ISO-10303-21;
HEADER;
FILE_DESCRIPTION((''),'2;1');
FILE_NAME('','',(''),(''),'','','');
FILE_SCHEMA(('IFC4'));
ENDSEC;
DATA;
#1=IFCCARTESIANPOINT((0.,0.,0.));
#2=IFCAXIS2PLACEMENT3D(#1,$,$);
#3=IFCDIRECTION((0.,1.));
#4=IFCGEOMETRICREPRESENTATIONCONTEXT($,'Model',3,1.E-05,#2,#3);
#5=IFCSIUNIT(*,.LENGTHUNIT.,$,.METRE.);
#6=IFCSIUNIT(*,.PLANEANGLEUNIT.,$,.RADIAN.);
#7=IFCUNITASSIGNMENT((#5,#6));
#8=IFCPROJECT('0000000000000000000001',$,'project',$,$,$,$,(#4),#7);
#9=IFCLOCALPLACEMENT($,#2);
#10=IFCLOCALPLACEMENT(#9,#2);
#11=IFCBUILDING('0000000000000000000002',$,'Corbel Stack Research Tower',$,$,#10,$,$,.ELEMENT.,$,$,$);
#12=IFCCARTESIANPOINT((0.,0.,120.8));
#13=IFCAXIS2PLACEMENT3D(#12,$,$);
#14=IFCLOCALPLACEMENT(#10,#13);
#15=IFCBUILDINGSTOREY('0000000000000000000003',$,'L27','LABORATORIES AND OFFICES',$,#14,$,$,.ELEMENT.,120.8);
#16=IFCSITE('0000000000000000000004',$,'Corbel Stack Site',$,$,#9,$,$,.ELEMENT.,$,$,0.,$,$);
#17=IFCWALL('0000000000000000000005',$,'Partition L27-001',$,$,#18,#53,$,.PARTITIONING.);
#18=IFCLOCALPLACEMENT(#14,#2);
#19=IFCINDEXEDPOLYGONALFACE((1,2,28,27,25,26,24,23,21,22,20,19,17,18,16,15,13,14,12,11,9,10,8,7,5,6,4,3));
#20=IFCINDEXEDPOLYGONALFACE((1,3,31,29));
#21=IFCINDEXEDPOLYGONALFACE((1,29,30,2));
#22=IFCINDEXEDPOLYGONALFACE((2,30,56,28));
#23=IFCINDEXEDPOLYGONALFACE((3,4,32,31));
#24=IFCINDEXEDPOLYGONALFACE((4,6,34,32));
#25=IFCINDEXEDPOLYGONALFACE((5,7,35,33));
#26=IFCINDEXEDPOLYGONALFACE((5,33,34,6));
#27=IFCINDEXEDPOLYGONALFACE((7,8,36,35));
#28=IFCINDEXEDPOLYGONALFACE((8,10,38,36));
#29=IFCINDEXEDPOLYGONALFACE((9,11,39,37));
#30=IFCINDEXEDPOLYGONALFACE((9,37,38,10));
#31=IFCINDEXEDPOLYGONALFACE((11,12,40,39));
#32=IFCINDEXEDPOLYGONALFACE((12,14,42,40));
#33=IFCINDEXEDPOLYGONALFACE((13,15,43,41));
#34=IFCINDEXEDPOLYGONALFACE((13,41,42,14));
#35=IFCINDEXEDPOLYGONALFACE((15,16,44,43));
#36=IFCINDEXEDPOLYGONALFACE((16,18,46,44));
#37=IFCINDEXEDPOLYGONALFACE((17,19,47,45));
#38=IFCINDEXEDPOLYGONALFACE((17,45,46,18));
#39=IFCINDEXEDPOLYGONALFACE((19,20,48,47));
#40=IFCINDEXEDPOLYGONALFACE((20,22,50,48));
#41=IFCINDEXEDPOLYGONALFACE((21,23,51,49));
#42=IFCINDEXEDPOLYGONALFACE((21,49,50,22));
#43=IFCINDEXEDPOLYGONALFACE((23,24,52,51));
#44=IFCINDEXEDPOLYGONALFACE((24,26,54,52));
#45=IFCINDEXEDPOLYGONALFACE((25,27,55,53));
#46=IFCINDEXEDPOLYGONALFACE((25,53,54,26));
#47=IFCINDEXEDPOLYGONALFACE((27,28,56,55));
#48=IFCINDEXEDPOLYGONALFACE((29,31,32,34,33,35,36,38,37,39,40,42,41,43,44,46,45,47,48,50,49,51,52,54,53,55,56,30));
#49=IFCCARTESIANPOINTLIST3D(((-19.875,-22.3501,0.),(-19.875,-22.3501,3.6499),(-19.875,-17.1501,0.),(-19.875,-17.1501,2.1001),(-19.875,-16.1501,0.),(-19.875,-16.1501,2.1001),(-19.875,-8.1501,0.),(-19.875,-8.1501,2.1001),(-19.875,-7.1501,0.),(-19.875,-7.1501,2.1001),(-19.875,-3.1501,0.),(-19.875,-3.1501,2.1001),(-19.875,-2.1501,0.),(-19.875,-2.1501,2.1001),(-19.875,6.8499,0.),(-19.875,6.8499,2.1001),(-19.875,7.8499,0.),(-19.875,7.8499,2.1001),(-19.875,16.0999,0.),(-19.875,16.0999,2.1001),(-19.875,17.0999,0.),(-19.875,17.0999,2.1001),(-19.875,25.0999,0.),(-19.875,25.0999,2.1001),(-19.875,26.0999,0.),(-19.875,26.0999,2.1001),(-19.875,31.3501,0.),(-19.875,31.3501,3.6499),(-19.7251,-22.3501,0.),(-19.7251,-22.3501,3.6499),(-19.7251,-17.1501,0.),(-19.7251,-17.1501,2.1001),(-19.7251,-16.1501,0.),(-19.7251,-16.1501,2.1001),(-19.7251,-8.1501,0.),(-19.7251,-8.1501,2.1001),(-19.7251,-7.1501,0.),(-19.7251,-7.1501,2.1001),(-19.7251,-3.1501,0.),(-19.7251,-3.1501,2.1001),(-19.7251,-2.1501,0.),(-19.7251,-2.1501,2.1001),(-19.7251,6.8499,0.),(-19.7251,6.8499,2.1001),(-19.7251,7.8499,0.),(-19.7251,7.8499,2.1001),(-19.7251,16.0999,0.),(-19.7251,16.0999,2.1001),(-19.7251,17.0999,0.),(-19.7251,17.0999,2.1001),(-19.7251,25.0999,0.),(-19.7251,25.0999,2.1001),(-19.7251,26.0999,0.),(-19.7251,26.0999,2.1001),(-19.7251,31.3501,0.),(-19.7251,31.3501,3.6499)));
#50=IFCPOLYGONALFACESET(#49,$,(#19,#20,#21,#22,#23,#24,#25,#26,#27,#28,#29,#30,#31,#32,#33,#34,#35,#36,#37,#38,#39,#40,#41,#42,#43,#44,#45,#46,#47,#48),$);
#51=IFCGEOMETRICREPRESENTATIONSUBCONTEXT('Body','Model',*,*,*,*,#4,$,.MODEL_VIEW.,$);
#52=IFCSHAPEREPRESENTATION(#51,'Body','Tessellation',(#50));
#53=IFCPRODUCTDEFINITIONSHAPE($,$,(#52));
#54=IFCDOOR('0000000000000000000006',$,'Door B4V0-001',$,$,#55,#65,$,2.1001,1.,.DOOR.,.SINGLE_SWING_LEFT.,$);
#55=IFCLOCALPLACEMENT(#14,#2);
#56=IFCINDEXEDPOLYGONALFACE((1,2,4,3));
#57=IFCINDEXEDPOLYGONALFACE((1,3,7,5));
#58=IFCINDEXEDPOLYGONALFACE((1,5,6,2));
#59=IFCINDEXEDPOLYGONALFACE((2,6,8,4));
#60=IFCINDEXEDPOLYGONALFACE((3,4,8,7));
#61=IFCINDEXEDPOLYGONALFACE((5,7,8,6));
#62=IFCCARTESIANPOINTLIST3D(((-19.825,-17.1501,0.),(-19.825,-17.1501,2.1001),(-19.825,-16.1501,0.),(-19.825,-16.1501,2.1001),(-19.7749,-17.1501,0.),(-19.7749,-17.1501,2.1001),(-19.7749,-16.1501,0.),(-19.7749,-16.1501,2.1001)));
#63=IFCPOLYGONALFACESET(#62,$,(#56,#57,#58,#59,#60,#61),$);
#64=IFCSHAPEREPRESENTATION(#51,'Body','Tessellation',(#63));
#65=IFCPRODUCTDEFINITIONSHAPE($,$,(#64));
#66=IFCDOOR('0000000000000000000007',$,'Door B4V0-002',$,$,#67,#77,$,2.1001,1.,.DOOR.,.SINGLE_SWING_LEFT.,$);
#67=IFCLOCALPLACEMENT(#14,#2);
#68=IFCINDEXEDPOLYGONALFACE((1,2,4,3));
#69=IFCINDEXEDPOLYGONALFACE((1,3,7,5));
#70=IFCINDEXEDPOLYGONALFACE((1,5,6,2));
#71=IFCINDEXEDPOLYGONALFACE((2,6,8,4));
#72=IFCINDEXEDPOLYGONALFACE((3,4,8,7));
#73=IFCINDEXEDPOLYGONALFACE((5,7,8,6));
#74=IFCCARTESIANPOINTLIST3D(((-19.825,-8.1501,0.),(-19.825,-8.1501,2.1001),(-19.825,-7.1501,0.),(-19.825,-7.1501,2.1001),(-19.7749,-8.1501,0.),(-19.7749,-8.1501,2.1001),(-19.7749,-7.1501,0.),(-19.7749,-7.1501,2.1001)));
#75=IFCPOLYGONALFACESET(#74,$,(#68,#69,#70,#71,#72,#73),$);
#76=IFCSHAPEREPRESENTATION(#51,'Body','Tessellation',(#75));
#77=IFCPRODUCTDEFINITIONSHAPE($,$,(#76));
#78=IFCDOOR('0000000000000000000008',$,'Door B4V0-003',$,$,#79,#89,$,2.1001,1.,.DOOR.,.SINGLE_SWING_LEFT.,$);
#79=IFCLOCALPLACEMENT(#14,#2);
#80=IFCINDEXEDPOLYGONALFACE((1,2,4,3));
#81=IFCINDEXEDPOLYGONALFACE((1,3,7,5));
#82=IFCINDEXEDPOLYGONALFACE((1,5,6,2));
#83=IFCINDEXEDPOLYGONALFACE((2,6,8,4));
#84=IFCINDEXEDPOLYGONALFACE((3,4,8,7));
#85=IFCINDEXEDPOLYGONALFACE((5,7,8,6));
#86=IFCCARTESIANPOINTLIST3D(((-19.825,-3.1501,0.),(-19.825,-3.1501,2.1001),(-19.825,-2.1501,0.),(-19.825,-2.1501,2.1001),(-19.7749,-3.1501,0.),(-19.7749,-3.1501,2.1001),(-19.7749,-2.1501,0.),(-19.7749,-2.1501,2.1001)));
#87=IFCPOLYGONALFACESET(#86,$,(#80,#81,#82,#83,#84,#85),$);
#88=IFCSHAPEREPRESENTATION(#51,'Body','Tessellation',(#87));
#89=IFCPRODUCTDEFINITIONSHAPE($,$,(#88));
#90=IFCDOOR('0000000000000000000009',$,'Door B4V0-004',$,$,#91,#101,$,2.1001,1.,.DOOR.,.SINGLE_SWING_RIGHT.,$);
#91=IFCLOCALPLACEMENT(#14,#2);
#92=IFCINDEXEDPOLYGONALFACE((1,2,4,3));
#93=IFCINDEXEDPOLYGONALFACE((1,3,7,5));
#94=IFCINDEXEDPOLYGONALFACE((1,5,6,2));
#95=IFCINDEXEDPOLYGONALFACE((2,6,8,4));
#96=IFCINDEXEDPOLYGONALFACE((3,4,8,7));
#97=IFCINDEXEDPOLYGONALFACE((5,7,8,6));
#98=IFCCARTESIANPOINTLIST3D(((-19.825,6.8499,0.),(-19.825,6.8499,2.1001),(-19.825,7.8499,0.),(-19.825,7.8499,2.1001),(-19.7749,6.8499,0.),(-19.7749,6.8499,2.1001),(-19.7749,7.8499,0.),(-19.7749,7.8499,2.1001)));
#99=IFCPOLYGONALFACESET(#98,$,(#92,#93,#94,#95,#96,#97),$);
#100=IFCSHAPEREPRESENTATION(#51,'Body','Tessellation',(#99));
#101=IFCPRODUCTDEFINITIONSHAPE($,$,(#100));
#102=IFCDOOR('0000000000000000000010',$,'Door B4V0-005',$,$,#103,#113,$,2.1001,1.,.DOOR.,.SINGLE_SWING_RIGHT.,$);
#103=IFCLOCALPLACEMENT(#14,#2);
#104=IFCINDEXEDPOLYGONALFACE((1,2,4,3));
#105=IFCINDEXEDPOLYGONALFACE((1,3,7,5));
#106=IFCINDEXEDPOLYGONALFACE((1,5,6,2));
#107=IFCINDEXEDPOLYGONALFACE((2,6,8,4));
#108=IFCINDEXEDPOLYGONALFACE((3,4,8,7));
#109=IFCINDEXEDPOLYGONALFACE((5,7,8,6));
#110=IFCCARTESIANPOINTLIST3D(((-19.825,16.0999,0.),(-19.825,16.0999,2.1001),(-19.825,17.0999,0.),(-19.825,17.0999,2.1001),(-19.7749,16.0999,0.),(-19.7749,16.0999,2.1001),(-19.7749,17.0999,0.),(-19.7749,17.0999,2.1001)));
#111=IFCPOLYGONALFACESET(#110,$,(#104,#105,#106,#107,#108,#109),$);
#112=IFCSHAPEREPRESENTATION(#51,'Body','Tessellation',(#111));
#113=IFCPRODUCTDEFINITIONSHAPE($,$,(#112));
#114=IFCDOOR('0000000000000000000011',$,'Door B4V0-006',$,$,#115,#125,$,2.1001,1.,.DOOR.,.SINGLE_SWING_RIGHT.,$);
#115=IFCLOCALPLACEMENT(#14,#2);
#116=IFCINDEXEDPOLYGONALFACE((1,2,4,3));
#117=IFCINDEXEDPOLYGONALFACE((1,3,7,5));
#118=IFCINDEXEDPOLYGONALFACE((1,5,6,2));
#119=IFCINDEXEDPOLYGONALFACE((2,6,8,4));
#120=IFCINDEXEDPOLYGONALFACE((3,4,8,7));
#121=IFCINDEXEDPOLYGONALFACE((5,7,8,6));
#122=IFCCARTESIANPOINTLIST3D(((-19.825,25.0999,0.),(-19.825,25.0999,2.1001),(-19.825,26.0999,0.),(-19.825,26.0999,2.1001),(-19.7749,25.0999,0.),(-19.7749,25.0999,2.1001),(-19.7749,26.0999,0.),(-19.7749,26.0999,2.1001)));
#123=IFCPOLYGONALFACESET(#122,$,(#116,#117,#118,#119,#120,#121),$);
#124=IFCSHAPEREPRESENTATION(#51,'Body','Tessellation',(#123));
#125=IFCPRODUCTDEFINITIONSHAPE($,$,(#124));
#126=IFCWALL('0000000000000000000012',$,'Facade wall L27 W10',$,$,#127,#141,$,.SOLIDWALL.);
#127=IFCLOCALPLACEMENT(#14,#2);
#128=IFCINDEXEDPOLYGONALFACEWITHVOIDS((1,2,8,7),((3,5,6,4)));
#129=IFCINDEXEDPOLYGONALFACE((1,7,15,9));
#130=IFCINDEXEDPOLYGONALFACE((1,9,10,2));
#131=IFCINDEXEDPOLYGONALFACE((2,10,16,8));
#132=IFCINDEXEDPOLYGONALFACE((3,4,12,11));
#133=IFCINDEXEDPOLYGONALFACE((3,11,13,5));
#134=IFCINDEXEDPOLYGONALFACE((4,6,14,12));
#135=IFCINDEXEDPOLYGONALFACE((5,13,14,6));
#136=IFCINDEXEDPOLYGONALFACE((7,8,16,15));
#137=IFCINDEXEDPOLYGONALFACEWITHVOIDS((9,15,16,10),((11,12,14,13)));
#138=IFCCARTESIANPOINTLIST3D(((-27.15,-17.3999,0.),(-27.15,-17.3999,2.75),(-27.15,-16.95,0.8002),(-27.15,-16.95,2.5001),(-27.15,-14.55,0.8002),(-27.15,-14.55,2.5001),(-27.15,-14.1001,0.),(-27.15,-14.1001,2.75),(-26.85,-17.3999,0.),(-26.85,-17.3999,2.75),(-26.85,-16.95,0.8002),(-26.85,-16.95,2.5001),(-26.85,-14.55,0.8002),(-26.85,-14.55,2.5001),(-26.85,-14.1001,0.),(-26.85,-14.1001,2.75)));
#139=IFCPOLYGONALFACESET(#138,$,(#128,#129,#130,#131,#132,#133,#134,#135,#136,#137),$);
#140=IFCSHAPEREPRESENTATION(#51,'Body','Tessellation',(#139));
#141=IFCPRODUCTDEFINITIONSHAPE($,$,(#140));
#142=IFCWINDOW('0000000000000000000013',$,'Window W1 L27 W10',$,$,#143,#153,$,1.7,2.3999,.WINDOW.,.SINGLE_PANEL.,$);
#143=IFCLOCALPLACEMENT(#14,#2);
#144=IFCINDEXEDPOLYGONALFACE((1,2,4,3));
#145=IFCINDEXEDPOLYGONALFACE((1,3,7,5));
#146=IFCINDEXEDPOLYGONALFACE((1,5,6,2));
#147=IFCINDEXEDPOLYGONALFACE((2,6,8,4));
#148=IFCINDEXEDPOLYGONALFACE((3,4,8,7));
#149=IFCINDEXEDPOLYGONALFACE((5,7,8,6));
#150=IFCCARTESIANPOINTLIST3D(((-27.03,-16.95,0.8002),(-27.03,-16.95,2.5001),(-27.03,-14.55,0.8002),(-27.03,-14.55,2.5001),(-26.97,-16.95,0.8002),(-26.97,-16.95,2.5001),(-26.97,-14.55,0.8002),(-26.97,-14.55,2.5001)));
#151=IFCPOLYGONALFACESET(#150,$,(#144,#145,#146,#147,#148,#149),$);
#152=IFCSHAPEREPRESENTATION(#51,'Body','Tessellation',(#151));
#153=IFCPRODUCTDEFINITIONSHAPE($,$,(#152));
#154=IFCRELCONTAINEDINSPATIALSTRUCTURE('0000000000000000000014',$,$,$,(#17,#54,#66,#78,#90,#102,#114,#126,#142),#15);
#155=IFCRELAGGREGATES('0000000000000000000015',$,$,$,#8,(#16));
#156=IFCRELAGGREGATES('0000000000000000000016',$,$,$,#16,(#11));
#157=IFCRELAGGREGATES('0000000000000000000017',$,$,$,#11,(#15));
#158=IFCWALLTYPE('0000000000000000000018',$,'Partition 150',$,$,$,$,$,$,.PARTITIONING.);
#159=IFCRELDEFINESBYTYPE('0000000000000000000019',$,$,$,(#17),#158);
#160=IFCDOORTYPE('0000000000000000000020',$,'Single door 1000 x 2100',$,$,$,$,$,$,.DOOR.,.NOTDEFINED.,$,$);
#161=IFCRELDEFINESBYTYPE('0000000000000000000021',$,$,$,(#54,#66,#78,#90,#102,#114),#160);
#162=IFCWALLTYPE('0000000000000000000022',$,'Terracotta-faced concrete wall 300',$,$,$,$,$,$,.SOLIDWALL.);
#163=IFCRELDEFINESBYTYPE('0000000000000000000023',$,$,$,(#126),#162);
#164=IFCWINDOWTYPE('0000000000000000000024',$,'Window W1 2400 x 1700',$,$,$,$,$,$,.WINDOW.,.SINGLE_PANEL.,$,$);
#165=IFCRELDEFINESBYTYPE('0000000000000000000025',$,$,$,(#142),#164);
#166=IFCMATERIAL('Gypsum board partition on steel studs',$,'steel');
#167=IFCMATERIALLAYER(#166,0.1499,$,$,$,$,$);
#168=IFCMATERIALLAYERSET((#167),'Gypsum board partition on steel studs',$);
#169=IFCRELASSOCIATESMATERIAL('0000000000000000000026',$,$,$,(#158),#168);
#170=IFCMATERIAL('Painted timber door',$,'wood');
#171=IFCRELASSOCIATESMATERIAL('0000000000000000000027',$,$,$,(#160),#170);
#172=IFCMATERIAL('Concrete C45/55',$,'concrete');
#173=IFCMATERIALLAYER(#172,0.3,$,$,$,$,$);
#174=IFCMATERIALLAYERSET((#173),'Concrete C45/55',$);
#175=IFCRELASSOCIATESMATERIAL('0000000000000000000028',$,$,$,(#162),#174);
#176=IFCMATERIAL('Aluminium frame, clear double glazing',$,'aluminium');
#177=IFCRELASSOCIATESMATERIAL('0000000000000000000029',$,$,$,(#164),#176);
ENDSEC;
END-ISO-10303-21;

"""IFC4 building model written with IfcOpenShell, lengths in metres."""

from ifc_helpers import new_model, si_unit, direction, frame, frame_2d, origin, place, context, subcontext, project, spatial, rectangle, extrude, material, layer, layer_set, type_object, element, fill, save


model = new_model("IFC4")

# Units and contexts
model_context = context("Model", 3, precision=1e-05, world=origin(), true_north=direction((0.0, 1.0)))
body_context = subcontext(model_context, "Body", "Model", "MODEL_VIEW")
ifc_project = project(units=[si_unit("LENGTHUNIT", "METRE"), si_unit("PLANEANGLEUNIT", "RADIAN")], contexts=[model_context])

# Site, building, storey
site_placement = place(None, origin())
site = spatial("IfcSite", under=ifc_project, at=site_placement, Name="Corbel Stack Site", CompositionType="ELEMENT", RefElevation=0.0)
building_placement = place(site_placement, origin())
building = spatial("IfcBuilding", under=site, at=building_placement, Name="Corbel Stack Research Tower", CompositionType="ELEMENT")
storey_placement = place(building_placement, frame((0.0, 0.0, 120.8)))
storey = spatial("IfcBuildingStorey", under=building, at=storey_placement, Name="L27", Description="LABORATORIES AND OFFICES", CompositionType="ELEMENT", Elevation=120.8)

# Wall, openings, doors
ifc_material_1 = material(Name="Gypsum board partition on steel studs", Category="steel")
ifc_layer_1 = layer(ifc_material_1, 0.1499)
ifc_layer_set_1 = layer_set([ifc_layer_1], Name="Gypsum board partition on steel studs")
wall_type_1 = type_object("IfcWallType", Name="Partition 150", PredefinedType="PARTITIONING", material=ifc_layer_set_1)
wall_1_placement = place(storey_placement, frame((-19.8, -22.3501, 0.0), z_axis=(0.0, 0.0, 1.0), x_axis=(0.0, 1.0, 0.0)))
wall_1 = element("IfcWall", 1, at=wall_1_placement, inside=storey, type_object=wall_type_1, Name="Partition L27-001", PredefinedType="PARTITIONING", context=body_context, shape_type="SweptSolid", body=[
    extrude(rectangle(XDim=53.7002, YDim=0.1499, at=frame_2d((26.8501, 0.0))), origin(), (0.0, 0.0, 1.0), 3.6499),
])
opening_1_placement = place(wall_1_placement, frame((5.2, 0.0, 0.0)))
opening_1 = element("IfcOpeningElement", 2, at=opening_1_placement, cuts=wall_1, PredefinedType="OPENING", context=body_context, shape_type="SweptSolid", body=[
    extrude(rectangle(XDim=1.0, YDim=2.1001, at=frame_2d((0.5, 1.05))), frame((0.0, 0.085, 0.0), z_axis=(0.0, -1.0, 0.0), x_axis=(1.0, 0.0, 0.0)), (0.0, 0.0, 1.0), 0.1699),
])
opening_2_placement = place(wall_1_placement, frame((14.2, 0.0, 0.0)))
opening_2 = element("IfcOpeningElement", 3, at=opening_2_placement, cuts=wall_1, PredefinedType="OPENING", context=body_context, shape_type="SweptSolid", body=[
    extrude(rectangle(XDim=1.0, YDim=2.1001, at=frame_2d((0.5, 1.05))), frame((0.0, 0.085, 0.0), z_axis=(0.0, -1.0, 0.0), x_axis=(1.0, 0.0, 0.0)), (0.0, 0.0, 1.0), 0.1699),
])
opening_3_placement = place(wall_1_placement, frame((19.2, 0.0, 0.0)))
opening_3 = element("IfcOpeningElement", 4, at=opening_3_placement, cuts=wall_1, PredefinedType="OPENING", context=body_context, shape_type="SweptSolid", body=[
    extrude(rectangle(XDim=1.0, YDim=2.1001, at=frame_2d((0.5, 1.05))), frame((0.0, 0.085, 0.0), z_axis=(0.0, -1.0, 0.0), x_axis=(1.0, 0.0, 0.0)), (0.0, 0.0, 1.0), 0.1699),
])
opening_4_placement = place(wall_1_placement, frame((29.2, 0.0, 0.0)))
opening_4 = element("IfcOpeningElement", 5, at=opening_4_placement, cuts=wall_1, PredefinedType="OPENING", context=body_context, shape_type="SweptSolid", body=[
    extrude(rectangle(XDim=1.0, YDim=2.1001, at=frame_2d((0.5, 1.05))), frame((0.0, 0.085, 0.0), z_axis=(0.0, -1.0, 0.0), x_axis=(1.0, 0.0, 0.0)), (0.0, 0.0, 1.0), 0.1699),
])
opening_5_placement = place(wall_1_placement, frame((38.45, 0.0, 0.0)))
opening_5 = element("IfcOpeningElement", 6, at=opening_5_placement, cuts=wall_1, PredefinedType="OPENING", context=body_context, shape_type="SweptSolid", body=[
    extrude(rectangle(XDim=1.0, YDim=2.1001, at=frame_2d((0.5, 1.05))), frame((0.0, 0.085, 0.0), z_axis=(0.0, -1.0, 0.0), x_axis=(1.0, 0.0, 0.0)), (0.0, 0.0, 1.0), 0.1699),
])
opening_6_placement = place(wall_1_placement, frame((47.45, 0.0, 0.0)))
opening_6 = element("IfcOpeningElement", 7, at=opening_6_placement, cuts=wall_1, PredefinedType="OPENING", context=body_context, shape_type="SweptSolid", body=[
    extrude(rectangle(XDim=1.0, YDim=2.1001, at=frame_2d((0.5, 1.05))), frame((0.0, 0.085, 0.0), z_axis=(0.0, -1.0, 0.0), x_axis=(1.0, 0.0, 0.0)), (0.0, 0.0, 1.0), 0.1699),
])
ifc_material_2 = material(Name="Painted timber door", Category="wood")
door_type_1 = type_object("IfcDoorType", Name="Single door 1000 x 2100", OperationType="NOTDEFINED", PredefinedType="DOOR", material=ifc_material_2)
door_1_placement = place(opening_1_placement, origin())
door_1 = element("IfcDoor", 8, at=door_1_placement, inside=storey, type_object=door_type_1, Name="Door B4V0-001", OperationType="SINGLE_SWING_LEFT", OverallHeight=2.1001, OverallWidth=1.0, PredefinedType="DOOR", context=body_context, shape_type="SweptSolid", body=[
    extrude(rectangle(XDim=1.0, YDim=2.1001, at=frame_2d((0.5, 1.05))), frame((0.0, 0.0249, 0.0), z_axis=(0.0, -1.0, 0.0), x_axis=(1.0, 0.0, 0.0)), (0.0, 0.0, 1.0), 0.05),
])
fill(opening_1, door_1)
door_2_placement = place(opening_2_placement, origin())
door_2 = element("IfcDoor", 9, at=door_2_placement, inside=storey, type_object=door_type_1, Name="Door B4V0-002", OperationType="SINGLE_SWING_LEFT", OverallHeight=2.1001, OverallWidth=1.0, PredefinedType="DOOR", context=body_context, shape_type="SweptSolid", body=[
    extrude(rectangle(XDim=1.0, YDim=2.1001, at=frame_2d((0.5, 1.05))), frame((0.0, 0.0249, 0.0), z_axis=(0.0, -1.0, 0.0), x_axis=(1.0, 0.0, 0.0)), (0.0, 0.0, 1.0), 0.05),
])
fill(opening_2, door_2)
door_3_placement = place(opening_3_placement, origin())
door_3 = element("IfcDoor", 10, at=door_3_placement, inside=storey, type_object=door_type_1, Name="Door B4V0-003", OperationType="SINGLE_SWING_LEFT", OverallHeight=2.1001, OverallWidth=1.0, PredefinedType="DOOR", context=body_context, shape_type="SweptSolid", body=[
    extrude(rectangle(XDim=1.0, YDim=2.1001, at=frame_2d((0.5, 1.05))), frame((0.0, 0.0249, 0.0), z_axis=(0.0, -1.0, 0.0), x_axis=(1.0, 0.0, 0.0)), (0.0, 0.0, 1.0), 0.05),
])
fill(opening_3, door_3)
door_4_placement = place(opening_4_placement, origin())
door_4 = element("IfcDoor", 11, at=door_4_placement, inside=storey, type_object=door_type_1, Name="Door B4V0-004", OperationType="SINGLE_SWING_RIGHT", OverallHeight=2.1001, OverallWidth=1.0, PredefinedType="DOOR", context=body_context, shape_type="SweptSolid", body=[
    extrude(rectangle(XDim=1.0, YDim=2.1001, at=frame_2d((0.5, 1.05))), frame((0.0, 0.0249, 0.0), z_axis=(0.0, -1.0, 0.0), x_axis=(1.0, 0.0, 0.0)), (0.0, 0.0, 1.0), 0.05),
])
fill(opening_4, door_4)
door_5_placement = place(opening_5_placement, origin())
door_5 = element("IfcDoor", 12, at=door_5_placement, inside=storey, type_object=door_type_1, Name="Door B4V0-005", OperationType="SINGLE_SWING_RIGHT", OverallHeight=2.1001, OverallWidth=1.0, PredefinedType="DOOR", context=body_context, shape_type="SweptSolid", body=[
    extrude(rectangle(XDim=1.0, YDim=2.1001, at=frame_2d((0.5, 1.05))), frame((0.0, 0.0249, 0.0), z_axis=(0.0, -1.0, 0.0), x_axis=(1.0, 0.0, 0.0)), (0.0, 0.0, 1.0), 0.05),
])
fill(opening_5, door_5)
door_6_placement = place(opening_6_placement, origin())
door_6 = element("IfcDoor", 13, at=door_6_placement, inside=storey, type_object=door_type_1, Name="Door B4V0-006", OperationType="SINGLE_SWING_RIGHT", OverallHeight=2.1001, OverallWidth=1.0, PredefinedType="DOOR", context=body_context, shape_type="SweptSolid", body=[
    extrude(rectangle(XDim=1.0, YDim=2.1001, at=frame_2d((0.5, 1.05))), frame((0.0, 0.0249, 0.0), z_axis=(0.0, -1.0, 0.0), x_axis=(1.0, 0.0, 0.0)), (0.0, 0.0, 1.0), 0.05),
])
fill(opening_6, door_6)

# Wall, opening, window
ifc_material_3 = material(Name="Concrete C45/55", Category="concrete")
ifc_layer_2 = layer(ifc_material_3, 0.3)
ifc_layer_set_2 = layer_set([ifc_layer_2], Name="Concrete C45/55")
wall_type_2 = type_object("IfcWallType", Name="Terracotta-faced concrete wall 300", PredefinedType="SOLIDWALL", material=ifc_layer_set_2)
wall_2_placement = place(storey_placement, frame((-27.0, -17.3999, 0.0), z_axis=(0.0, 0.0, 1.0), x_axis=(0.0, 1.0, 0.0)))
wall_2 = element("IfcWall", 14, at=wall_2_placement, inside=storey, type_object=wall_type_2, Name="Facade wall L27 W10", PredefinedType="SOLIDWALL", context=body_context, shape_type="SweptSolid", body=[
    extrude(rectangle(XDim=3.2998, YDim=0.3, at=frame_2d((1.6499, 0.0))), origin(), (0.0, 0.0, 1.0), 2.75),
])
opening_7_placement = place(wall_2_placement, frame((0.45, 0.0, 0.8)))
opening_7 = element("IfcOpeningElement", 15, at=opening_7_placement, cuts=wall_2, PredefinedType="OPENING", context=body_context, shape_type="SweptSolid", body=[
    extrude(rectangle(XDim=2.3999, YDim=1.7, at=frame_2d((1.2, 0.8501))), frame((0.0, 0.1599, 0.0), z_axis=(0.0, -1.0, 0.0), x_axis=(1.0, 0.0, 0.0)), (0.0, 0.0, 1.0), 0.3201),
])
ifc_material_4 = material(Name="Aluminium frame, clear double glazing", Category="aluminium")
window_type = type_object("IfcWindowType", Name="Window W1 2400 x 1700", PartitioningType="SINGLE_PANEL", PredefinedType="WINDOW", material=ifc_material_4)
window_placement = place(opening_7_placement, origin())
window = element("IfcWindow", 16, at=window_placement, inside=storey, type_object=window_type, Name="Window W1 L27 W10", OverallHeight=1.7, OverallWidth=2.3999, PartitioningType="SINGLE_PANEL", PredefinedType="WINDOW", context=body_context, shape_type="SweptSolid", body=[
    extrude(rectangle(XDim=2.3999, YDim=1.7, at=frame_2d((1.2, 0.8501))), frame((0.0, 0.03, 0.0), z_axis=(0.0, -1.0, 0.0), x_axis=(1.0, 0.0, 0.0)), (0.0, 0.0, 1.0), 0.0601),
])
fill(opening_7, window)

save(model, "model.ifc")
